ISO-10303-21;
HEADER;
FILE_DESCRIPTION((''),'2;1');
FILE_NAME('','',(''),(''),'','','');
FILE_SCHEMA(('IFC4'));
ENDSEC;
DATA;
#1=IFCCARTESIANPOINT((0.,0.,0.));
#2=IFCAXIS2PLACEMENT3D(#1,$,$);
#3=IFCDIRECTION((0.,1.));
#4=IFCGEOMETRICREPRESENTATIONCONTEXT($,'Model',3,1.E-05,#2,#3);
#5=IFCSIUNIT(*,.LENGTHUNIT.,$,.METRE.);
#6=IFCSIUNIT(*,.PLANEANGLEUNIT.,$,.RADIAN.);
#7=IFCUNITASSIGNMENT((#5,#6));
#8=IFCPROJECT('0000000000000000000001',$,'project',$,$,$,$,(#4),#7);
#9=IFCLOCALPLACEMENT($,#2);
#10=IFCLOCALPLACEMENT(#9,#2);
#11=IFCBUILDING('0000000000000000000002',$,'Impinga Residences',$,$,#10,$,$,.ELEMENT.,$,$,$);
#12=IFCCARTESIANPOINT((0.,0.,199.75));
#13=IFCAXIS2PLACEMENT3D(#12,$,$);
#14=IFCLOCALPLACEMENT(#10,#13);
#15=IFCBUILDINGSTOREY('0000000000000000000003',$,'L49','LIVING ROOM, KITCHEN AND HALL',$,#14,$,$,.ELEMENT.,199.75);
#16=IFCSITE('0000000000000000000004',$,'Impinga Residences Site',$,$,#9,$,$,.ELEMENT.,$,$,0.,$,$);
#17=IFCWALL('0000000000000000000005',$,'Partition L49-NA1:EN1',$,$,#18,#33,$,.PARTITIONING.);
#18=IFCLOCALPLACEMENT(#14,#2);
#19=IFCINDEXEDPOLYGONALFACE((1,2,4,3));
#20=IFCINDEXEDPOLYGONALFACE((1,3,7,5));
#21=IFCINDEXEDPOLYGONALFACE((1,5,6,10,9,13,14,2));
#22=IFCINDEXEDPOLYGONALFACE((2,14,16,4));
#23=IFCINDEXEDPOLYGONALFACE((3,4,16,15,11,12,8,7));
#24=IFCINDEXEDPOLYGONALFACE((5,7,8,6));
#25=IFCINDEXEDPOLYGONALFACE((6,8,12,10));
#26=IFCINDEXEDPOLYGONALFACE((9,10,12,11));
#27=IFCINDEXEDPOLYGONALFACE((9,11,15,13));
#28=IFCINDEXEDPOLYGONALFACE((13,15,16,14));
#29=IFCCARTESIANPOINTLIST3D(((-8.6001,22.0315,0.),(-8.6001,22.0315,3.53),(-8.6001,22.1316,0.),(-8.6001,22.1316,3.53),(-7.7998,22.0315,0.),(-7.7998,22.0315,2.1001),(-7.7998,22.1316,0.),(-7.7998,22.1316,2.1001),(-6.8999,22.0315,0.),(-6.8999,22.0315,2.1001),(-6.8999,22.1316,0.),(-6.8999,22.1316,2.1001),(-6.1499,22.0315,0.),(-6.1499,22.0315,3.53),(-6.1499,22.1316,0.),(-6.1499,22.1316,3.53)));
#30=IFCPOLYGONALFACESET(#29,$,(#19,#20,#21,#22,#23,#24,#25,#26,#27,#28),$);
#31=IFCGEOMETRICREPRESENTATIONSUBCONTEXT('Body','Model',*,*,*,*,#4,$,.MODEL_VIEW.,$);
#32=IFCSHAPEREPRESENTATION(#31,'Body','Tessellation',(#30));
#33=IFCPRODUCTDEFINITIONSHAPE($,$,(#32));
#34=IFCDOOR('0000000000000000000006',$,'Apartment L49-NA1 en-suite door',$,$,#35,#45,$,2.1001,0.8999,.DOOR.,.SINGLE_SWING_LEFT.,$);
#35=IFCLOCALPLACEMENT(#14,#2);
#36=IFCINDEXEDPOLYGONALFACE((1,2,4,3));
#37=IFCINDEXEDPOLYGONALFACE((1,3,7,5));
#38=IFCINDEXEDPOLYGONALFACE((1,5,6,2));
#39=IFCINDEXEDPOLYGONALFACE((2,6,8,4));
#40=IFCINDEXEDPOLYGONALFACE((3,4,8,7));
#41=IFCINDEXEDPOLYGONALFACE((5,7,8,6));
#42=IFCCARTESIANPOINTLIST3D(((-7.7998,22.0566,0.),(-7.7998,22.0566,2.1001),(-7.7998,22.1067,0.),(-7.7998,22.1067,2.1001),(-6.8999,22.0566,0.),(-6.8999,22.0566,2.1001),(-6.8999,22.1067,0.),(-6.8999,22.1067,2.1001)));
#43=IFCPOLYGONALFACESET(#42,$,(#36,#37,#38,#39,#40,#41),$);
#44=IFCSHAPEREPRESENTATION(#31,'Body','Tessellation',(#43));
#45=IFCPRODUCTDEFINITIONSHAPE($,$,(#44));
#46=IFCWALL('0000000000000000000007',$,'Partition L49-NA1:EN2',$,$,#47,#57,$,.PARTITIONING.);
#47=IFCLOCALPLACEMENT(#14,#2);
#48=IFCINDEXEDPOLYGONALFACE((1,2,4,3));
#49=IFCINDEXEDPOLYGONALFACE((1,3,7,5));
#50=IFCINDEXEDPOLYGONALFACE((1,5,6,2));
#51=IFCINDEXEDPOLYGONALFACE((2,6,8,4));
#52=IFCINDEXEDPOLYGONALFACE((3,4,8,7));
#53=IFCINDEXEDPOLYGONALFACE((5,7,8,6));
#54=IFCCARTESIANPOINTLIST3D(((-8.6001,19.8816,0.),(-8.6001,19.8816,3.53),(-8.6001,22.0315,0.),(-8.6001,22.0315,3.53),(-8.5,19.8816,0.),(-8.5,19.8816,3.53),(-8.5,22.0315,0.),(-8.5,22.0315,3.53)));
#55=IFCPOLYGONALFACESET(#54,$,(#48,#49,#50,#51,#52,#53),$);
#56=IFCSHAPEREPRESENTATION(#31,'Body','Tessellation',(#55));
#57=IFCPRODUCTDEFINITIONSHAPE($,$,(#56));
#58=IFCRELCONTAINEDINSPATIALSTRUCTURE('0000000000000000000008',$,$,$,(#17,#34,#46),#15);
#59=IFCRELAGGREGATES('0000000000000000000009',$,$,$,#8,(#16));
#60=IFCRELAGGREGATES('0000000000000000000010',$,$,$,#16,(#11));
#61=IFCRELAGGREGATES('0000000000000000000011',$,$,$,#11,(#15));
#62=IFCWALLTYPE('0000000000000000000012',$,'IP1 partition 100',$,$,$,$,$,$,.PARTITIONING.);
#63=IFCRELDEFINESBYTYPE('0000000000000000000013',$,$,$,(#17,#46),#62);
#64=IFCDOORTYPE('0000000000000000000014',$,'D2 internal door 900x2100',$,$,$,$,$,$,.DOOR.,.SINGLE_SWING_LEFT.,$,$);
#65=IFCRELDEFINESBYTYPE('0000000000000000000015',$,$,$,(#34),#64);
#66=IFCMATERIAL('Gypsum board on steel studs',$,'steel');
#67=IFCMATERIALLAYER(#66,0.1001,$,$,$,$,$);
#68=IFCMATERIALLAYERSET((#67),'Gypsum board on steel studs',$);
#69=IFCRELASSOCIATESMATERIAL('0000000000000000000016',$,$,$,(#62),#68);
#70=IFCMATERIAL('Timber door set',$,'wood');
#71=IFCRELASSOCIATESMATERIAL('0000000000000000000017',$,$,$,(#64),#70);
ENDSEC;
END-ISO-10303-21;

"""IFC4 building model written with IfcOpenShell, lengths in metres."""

from ifc_helpers import new_model, si_unit, direction, frame, frame_2d, origin, place, context, subcontext, project, spatial, rectangle, extrude, material, layer, layer_set, type_object, element, fill, save


model = new_model("IFC4")

# Units and contexts
model_context = context("Model", 3, precision=1e-05, world=origin(), true_north=direction((0.0, 1.0)))
body_context = subcontext(model_context, "Body", "Model", "MODEL_VIEW")
ifc_project = project(units=[si_unit("LENGTHUNIT", "METRE"), si_unit("PLANEANGLEUNIT", "RADIAN")], contexts=[model_context])

# Site, building, storey
site_placement = place(None, origin())
site = spatial("IfcSite", under=ifc_project, at=site_placement, Name="Impinga Residences Site", CompositionType="ELEMENT", RefElevation=0.0)
building_placement = place(site_placement, origin())
building = spatial("IfcBuilding", under=site, at=building_placement, Name="Impinga Residences", CompositionType="ELEMENT")
storey_placement = place(building_placement, frame((0.0, 0.0, 199.75)))
storey = spatial("IfcBuildingStorey", under=building, at=storey_placement, Name="L49", Description="LIVING ROOM, KITCHEN AND HALL", CompositionType="ELEMENT", Elevation=199.75)

# Shared definitions
ifc_material_1 = material(Name="Timber door set", Category="wood")

# Shared definitions
ifc_material_2 = material(Name="Gypsum board on steel studs", Category="steel")
ifc_layer_1 = layer(ifc_material_2, 0.1001)
ifc_layer_set_1 = layer_set([ifc_layer_1], Name="Gypsum board on steel studs")
wall_type_1 = type_object("IfcWallType", Name="IP1 partition 100", PredefinedType="PARTITIONING", material=ifc_layer_set_1)

# Wall, opening, door
wall_1_placement = place(storey_placement, frame((-6.1499, 22.0815, 0.0), z_axis=(0.0, 0.0, 1.0), x_axis=(-1.0, 0.0, 0.0)))
wall_1 = element("IfcWall", 1, at=wall_1_placement, inside=storey, type_object=wall_type_1, Name="Partition L49-NA1:EN1", PredefinedType="PARTITIONING", context=body_context, shape_type="SweptSolid", body=[
    extrude(rectangle(XDim=2.4502, YDim=0.1001, at=frame_2d((1.2251, 0.0))), origin(), (0.0, 0.0, 1.0), 3.53),
])
opening_1_placement = place(wall_1_placement, frame((0.75, 0.0, 0.0)))
opening_1 = element("IfcOpeningElement", 2, at=opening_1_placement, cuts=wall_1, PredefinedType="OPENING", context=body_context, shape_type="SweptSolid", body=[
    extrude(rectangle(XDim=0.8999, YDim=2.1001, at=frame_2d((0.45, 1.05))), frame((0.0, 0.0601, 0.0), z_axis=(0.0, -1.0, 0.0), x_axis=(1.0, 0.0, 0.0)), (0.0, 0.0, 1.0), 0.1201),
])
door_type_1 = type_object("IfcDoorType", Name="D2 internal door 900x2100", OperationType="SINGLE_SWING_LEFT", PredefinedType="DOOR", material=ifc_material_1)
door_1_placement = place(opening_1_placement, origin())
door_1 = element("IfcDoor", 3, at=door_1_placement, inside=storey, type_object=door_type_1, Name="Apartment L49-NA1 en-suite door", OperationType="SINGLE_SWING_LEFT", OverallHeight=2.1001, OverallWidth=0.8999, PredefinedType="DOOR", context=body_context, shape_type="SweptSolid", body=[
    extrude(rectangle(XDim=0.8999, YDim=2.1001, at=frame_2d((0.45, 1.05))), frame((0.0, 0.0249, 0.0), z_axis=(0.0, -1.0, 0.0), x_axis=(1.0, 0.0, 0.0)), (0.0, 0.0, 1.0), 0.05),
])
fill(opening_1, door_1)

# Wall
wall_2_placement = place(storey_placement, frame((-8.55, 19.8816, 0.0), z_axis=(0.0, 0.0, 1.0), x_axis=(0.0, 1.0, 0.0)))
element("IfcWall", 4, at=wall_2_placement, inside=storey, type_object=wall_type_1, Name="Partition L49-NA1:EN2", PredefinedType="PARTITIONING", context=body_context, shape_type="SweptSolid", body=[
    extrude(rectangle(XDim=2.1499, YDim=0.1001, at=frame_2d((1.075, 0.0))), origin(), (0.0, 0.0, 1.0), 3.53),
])

save(model, "model.ifc")
